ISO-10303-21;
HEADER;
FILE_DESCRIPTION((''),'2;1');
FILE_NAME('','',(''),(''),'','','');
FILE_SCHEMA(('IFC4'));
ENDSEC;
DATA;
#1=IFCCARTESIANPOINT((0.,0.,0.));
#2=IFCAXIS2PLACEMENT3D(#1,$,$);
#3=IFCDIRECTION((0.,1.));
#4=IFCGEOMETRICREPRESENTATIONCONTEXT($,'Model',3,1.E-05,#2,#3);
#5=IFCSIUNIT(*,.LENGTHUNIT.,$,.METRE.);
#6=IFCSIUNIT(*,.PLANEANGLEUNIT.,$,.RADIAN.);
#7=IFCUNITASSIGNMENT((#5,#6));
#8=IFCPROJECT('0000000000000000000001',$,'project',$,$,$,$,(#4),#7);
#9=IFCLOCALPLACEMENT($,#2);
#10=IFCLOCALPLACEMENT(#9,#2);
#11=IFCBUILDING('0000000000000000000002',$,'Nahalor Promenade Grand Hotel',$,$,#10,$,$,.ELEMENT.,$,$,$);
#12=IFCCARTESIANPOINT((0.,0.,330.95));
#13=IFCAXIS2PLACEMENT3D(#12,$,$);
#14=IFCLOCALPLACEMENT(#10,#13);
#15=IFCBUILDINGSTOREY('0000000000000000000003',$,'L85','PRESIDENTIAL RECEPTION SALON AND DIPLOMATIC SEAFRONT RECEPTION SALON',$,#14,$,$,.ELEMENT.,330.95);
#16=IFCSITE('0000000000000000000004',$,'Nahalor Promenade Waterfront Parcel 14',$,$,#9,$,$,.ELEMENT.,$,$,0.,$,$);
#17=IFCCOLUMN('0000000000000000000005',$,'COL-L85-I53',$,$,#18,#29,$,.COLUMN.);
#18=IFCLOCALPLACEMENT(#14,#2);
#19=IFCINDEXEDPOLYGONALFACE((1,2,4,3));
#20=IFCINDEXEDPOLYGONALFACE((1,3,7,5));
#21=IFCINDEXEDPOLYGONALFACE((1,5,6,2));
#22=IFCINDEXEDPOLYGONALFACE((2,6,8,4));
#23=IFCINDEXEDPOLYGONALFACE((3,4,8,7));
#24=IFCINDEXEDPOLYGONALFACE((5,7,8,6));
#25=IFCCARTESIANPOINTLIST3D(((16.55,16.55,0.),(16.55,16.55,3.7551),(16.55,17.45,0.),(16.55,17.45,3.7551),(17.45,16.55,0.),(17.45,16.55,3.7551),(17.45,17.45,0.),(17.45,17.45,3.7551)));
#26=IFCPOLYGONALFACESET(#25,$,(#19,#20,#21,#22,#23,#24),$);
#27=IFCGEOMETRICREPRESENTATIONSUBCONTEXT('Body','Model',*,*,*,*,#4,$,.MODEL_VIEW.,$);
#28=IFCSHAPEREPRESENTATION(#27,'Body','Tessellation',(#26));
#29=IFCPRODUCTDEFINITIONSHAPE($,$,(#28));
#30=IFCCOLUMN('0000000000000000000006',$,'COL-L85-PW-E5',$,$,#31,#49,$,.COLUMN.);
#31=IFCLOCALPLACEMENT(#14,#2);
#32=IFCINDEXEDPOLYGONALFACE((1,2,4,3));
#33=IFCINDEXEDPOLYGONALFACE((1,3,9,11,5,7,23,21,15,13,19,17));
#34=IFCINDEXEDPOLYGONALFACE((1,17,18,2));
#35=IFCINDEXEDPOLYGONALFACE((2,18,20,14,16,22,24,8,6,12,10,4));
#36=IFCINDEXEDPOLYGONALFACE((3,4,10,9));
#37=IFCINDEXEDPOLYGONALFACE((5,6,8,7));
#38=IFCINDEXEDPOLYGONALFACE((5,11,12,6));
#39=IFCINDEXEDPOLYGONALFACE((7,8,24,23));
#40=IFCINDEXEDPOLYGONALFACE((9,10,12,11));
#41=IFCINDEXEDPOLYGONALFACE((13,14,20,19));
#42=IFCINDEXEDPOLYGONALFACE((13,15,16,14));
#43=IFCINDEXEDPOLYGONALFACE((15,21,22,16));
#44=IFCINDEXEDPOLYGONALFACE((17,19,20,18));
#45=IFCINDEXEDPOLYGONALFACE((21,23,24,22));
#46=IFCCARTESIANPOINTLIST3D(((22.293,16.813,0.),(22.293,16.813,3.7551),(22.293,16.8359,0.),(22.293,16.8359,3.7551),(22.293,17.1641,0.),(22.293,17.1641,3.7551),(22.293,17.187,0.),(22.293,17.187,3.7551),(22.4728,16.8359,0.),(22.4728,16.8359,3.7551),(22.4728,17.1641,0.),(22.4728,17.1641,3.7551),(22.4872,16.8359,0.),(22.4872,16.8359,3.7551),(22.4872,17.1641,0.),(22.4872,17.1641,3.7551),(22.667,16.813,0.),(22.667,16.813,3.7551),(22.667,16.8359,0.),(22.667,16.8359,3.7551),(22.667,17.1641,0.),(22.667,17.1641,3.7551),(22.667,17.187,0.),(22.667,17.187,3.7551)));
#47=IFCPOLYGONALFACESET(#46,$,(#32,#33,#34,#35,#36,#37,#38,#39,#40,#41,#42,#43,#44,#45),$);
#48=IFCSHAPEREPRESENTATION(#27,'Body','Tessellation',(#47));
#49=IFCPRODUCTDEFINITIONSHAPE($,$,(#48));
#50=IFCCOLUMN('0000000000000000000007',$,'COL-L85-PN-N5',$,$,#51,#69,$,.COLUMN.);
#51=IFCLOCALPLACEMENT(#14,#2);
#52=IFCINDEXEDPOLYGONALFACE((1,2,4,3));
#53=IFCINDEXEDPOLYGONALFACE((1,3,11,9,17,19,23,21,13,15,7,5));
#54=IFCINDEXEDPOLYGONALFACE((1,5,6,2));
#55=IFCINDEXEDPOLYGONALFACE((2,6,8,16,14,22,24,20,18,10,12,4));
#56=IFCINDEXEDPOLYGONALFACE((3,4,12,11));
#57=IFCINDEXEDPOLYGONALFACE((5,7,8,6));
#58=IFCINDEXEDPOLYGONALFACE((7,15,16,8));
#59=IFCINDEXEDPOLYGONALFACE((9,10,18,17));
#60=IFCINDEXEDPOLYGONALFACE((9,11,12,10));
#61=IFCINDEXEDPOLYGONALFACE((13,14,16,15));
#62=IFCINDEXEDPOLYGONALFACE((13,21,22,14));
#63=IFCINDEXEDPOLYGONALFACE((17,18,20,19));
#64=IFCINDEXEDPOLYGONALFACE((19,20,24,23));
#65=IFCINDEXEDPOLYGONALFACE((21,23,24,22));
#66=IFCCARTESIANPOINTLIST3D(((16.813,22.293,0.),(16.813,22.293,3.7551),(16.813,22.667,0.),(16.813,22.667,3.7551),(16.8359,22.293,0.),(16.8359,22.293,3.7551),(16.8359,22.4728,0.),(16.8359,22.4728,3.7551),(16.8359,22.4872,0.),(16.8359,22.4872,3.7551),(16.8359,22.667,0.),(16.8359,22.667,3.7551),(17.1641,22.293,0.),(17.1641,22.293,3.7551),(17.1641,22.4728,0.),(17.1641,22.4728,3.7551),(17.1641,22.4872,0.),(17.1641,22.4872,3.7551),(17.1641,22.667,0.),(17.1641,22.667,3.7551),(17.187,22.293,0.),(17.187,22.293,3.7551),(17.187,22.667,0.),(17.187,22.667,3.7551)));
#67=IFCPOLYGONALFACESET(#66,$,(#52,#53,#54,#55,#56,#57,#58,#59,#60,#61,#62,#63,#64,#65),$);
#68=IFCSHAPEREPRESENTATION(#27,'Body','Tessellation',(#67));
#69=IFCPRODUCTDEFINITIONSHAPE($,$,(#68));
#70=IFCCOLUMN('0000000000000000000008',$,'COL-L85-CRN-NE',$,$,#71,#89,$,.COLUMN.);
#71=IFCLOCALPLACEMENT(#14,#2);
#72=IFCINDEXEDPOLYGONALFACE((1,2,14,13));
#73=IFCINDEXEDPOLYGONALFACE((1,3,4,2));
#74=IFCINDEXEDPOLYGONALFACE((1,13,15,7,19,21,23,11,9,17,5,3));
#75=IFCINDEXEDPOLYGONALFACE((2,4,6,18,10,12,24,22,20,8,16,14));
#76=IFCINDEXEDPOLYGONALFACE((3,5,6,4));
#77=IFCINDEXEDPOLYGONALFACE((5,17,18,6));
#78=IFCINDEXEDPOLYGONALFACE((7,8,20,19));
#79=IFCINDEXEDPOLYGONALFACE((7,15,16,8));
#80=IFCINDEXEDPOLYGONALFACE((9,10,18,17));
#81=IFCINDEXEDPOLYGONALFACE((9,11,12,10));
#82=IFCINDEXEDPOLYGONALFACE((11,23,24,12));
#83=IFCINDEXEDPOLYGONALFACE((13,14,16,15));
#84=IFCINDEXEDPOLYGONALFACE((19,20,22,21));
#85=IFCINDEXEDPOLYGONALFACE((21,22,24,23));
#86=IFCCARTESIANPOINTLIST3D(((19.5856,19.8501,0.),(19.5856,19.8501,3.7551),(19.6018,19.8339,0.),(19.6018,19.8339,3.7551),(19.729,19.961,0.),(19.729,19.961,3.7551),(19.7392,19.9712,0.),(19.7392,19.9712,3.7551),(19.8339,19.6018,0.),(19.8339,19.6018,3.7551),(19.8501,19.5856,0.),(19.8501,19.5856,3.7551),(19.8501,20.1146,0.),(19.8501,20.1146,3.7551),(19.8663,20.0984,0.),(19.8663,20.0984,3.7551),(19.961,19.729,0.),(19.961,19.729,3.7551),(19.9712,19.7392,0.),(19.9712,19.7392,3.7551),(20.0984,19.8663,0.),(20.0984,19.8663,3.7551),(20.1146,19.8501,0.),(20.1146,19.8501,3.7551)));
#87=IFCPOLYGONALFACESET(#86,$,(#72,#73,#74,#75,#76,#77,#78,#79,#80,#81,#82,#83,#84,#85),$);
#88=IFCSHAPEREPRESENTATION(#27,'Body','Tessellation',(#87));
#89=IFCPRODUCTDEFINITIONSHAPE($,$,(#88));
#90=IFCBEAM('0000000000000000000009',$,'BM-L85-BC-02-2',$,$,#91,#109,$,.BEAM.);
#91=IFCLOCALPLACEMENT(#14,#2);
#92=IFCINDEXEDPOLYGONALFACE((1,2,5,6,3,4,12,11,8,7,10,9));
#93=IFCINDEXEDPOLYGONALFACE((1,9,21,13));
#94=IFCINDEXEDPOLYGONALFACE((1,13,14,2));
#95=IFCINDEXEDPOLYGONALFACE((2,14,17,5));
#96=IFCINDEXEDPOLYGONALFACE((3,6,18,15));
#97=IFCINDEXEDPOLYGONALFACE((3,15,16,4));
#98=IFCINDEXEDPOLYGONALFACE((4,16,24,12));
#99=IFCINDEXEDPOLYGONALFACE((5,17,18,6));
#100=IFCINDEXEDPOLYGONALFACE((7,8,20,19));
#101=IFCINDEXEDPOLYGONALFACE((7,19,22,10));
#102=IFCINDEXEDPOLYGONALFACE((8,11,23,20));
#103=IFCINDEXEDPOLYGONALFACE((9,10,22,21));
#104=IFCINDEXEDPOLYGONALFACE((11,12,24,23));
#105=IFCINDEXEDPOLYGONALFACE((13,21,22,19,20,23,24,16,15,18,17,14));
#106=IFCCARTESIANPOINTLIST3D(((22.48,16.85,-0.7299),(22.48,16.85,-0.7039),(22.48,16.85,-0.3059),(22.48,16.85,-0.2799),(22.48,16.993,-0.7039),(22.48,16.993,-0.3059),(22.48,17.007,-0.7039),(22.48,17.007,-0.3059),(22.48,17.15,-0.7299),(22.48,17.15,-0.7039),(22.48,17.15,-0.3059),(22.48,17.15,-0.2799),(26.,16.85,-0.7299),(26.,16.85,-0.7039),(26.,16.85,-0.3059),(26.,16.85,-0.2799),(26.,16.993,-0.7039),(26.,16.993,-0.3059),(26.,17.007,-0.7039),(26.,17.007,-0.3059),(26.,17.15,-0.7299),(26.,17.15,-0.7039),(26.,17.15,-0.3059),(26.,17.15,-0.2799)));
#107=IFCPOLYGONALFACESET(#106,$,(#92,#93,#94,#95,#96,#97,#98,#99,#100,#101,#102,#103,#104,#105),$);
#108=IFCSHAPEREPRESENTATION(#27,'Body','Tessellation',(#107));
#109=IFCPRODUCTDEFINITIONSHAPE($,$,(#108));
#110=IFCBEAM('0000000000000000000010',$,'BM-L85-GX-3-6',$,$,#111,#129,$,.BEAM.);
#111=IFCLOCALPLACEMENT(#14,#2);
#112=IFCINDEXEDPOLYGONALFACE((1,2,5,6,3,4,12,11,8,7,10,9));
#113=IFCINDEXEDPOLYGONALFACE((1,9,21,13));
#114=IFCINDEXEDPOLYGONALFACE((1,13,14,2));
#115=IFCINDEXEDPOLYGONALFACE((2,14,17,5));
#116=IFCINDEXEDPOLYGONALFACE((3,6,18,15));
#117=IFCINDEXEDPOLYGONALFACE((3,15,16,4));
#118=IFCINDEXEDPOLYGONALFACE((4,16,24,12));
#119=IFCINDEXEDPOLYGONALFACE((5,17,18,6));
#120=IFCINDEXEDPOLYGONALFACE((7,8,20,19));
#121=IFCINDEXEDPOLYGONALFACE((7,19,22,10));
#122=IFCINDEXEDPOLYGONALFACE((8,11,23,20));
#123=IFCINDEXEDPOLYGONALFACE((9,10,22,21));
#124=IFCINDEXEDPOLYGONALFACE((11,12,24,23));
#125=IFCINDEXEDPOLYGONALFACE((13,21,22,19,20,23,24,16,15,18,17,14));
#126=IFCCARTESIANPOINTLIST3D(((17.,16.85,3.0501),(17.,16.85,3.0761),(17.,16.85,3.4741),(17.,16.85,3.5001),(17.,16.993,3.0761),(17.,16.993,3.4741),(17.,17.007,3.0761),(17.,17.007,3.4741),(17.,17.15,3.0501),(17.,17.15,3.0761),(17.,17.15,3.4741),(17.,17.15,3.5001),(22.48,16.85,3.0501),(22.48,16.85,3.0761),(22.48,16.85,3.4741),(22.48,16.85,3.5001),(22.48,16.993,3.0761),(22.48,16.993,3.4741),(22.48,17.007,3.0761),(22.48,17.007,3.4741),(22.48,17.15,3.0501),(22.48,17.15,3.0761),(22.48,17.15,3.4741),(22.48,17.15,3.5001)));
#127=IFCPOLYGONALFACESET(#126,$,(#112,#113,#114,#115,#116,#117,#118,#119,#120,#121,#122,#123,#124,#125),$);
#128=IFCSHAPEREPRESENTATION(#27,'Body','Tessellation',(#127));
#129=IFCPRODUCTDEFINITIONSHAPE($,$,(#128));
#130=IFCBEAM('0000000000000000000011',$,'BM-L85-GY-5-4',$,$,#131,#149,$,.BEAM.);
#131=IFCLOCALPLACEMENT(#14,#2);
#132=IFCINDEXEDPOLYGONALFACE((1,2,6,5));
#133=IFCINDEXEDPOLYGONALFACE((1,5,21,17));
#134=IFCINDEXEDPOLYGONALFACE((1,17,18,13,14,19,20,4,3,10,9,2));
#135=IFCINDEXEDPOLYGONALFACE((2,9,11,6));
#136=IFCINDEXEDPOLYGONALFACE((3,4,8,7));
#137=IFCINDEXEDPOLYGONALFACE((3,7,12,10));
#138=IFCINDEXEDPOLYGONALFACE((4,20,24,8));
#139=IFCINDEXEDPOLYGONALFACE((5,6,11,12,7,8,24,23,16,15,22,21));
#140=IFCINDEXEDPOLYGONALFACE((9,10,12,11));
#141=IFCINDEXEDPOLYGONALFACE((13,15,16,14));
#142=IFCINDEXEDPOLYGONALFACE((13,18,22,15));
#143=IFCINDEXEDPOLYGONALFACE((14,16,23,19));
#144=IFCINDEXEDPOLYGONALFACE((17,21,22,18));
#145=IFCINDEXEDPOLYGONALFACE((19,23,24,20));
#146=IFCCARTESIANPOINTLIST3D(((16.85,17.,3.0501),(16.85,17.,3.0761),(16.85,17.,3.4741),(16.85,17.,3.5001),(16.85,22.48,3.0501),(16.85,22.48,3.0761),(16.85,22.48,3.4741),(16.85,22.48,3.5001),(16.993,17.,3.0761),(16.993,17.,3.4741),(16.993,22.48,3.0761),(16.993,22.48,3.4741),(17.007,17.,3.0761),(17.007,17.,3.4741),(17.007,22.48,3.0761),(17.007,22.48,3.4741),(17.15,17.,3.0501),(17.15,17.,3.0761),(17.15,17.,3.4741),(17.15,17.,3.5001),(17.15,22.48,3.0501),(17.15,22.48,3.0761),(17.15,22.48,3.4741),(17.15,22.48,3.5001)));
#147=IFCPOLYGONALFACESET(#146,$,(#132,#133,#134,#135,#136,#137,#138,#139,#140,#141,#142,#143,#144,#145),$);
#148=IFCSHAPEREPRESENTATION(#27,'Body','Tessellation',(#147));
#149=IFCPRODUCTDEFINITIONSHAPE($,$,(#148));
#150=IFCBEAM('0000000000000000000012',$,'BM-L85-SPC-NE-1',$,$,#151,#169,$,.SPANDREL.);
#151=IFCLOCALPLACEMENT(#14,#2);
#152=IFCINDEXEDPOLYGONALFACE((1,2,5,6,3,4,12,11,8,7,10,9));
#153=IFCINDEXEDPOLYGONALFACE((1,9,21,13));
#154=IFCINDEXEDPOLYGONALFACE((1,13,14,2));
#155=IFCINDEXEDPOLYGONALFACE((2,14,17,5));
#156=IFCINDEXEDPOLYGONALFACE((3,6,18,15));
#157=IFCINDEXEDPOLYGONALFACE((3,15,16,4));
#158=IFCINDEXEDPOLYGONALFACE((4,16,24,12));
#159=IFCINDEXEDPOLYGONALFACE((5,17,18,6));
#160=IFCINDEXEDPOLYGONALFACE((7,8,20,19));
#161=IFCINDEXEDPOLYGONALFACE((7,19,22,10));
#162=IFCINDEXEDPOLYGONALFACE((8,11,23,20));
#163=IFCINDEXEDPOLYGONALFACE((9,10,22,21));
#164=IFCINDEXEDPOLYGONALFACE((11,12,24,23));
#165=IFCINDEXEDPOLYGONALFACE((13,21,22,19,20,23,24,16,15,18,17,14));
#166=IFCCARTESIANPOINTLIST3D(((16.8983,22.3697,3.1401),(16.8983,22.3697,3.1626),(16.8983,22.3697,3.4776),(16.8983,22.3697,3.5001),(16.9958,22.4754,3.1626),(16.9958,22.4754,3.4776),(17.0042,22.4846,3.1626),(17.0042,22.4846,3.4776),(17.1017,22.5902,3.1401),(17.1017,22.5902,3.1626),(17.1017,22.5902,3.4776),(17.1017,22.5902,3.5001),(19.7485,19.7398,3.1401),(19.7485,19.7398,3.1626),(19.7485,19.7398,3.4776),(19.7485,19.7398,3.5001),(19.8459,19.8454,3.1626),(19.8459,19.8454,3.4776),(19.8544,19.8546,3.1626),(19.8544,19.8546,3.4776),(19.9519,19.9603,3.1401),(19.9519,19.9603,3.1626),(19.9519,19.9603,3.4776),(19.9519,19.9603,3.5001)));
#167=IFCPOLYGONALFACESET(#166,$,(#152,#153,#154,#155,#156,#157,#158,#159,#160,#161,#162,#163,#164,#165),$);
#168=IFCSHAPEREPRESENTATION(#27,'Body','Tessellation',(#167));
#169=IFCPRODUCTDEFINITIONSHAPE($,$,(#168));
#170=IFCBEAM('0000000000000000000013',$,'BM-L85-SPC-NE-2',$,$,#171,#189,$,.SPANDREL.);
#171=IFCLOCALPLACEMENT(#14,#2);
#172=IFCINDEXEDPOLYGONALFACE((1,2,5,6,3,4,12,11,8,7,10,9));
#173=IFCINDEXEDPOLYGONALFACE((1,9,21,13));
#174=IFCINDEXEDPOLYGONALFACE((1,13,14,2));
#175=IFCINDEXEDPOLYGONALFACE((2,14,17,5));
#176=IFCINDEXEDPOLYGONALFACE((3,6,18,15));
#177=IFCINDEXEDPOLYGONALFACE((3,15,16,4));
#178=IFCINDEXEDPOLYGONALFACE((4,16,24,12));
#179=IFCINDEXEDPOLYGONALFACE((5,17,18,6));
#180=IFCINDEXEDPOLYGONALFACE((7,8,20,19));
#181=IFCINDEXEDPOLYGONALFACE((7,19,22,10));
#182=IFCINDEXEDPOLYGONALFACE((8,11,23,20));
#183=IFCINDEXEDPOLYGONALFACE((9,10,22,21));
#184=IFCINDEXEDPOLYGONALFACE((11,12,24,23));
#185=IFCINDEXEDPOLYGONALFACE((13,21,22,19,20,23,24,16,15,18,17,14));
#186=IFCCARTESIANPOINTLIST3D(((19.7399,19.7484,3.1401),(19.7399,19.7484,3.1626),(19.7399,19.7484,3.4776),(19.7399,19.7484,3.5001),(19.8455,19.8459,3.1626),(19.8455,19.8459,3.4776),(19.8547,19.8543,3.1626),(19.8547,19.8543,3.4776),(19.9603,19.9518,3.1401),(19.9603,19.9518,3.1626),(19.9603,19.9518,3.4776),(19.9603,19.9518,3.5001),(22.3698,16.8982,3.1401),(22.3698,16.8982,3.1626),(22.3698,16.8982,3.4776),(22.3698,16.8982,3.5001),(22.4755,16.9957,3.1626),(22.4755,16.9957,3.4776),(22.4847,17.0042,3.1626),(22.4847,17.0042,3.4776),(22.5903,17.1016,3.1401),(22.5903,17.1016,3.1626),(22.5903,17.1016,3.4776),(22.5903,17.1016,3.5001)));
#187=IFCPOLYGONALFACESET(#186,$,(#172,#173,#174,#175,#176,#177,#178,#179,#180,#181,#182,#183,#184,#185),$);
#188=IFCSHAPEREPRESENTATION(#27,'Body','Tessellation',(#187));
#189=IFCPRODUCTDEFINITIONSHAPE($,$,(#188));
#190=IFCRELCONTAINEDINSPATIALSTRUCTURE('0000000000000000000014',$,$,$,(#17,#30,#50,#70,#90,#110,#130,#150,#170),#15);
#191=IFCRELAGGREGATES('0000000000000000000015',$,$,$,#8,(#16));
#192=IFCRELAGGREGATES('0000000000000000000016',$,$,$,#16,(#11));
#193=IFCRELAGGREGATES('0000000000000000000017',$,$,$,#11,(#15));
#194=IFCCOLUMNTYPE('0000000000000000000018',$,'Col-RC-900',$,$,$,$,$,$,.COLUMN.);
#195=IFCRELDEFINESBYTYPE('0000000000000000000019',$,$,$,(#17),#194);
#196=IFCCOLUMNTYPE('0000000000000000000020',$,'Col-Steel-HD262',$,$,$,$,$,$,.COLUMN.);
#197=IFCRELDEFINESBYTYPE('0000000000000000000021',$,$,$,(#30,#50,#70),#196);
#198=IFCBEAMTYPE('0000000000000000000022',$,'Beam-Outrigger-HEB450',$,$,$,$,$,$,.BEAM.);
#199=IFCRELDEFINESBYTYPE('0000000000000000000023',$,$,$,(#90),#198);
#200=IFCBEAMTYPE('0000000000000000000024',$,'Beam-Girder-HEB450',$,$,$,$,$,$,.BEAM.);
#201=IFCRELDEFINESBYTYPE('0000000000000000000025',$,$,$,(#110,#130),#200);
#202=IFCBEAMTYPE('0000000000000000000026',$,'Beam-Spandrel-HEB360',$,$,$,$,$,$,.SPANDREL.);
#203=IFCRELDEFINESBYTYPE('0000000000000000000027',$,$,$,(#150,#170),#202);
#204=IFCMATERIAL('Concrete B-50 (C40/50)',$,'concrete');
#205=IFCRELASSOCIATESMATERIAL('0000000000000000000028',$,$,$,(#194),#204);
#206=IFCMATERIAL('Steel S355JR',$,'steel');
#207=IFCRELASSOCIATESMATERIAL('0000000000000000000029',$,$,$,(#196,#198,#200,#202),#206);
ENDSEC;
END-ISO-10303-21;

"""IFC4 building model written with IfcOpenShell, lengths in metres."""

from ifc_helpers import new_model, si_unit, direction, frame, origin, origin_2d, place, context, subcontext, project, spatial, rectangle, i_section, extrude, source, transform, mapped, material, material_profile, profile_set, type_object, element, save


model = new_model("IFC4")

# Units and contexts
model_context = context("Model", 3, precision=1e-05, world=origin(), true_north=direction((0.0, 1.0)))
body_context = subcontext(model_context, "Body", "Model", "MODEL_VIEW")
ifc_project = project(units=[si_unit("LENGTHUNIT", "METRE"), si_unit("PLANEANGLEUNIT", "RADIAN")], contexts=[model_context])

# Site, building, storey
site_placement = place(None, origin())
site = spatial("IfcSite", under=ifc_project, at=site_placement, Name="Nahalor Promenade Waterfront Parcel 14", CompositionType="ELEMENT", RefElevation=0.0)
building_placement = place(site_placement, origin())
building = spatial("IfcBuilding", under=site, at=building_placement, Name="Nahalor Promenade Grand Hotel", CompositionType="ELEMENT")
storey_placement = place(building_placement, frame((0.0, 0.0, 330.95)))
storey = spatial("IfcBuildingStorey", under=building, at=storey_placement, Name="L85", Description="PRESIDENTIAL RECEPTION SALON AND DIPLOMATIC SEAFRONT RECEPTION SALON", CompositionType="ELEMENT", Elevation=330.95)

# Columns
ifc_material_1 = material(Name="Concrete B-50 (C40/50)", Category="concrete")
ifc_material_profile_1 = material_profile(ifc_material_1, rectangle(XDim=0.9, YDim=0.9, at=origin_2d()), Name="RC 900x900")
ifc_profile_set_1 = profile_set([ifc_material_profile_1], Name="Concrete B-50 (C40/50)")
column_type_1 = type_object("IfcColumnType", Name="Col-RC-900", PredefinedType="COLUMN", material=ifc_profile_set_1)
shared_shape_1 = source(origin(), body_context, "Body", "SweptSolid", [
    extrude(rectangle(XDim=0.9, YDim=0.9, at=origin_2d()), origin(), (0.0, 0.0, 1.0), 3.7551),
])
column_placement = place(storey_placement, frame((17.0, 17.0, 0.0), z_axis=(0.0, 0.0, 1.0), x_axis=(1.0, 0.0, 0.0)))
element("IfcColumn", 1, at=column_placement, inside=storey, type_object=column_type_1, Name="COL-L85-I53", PredefinedType="COLUMN", context=body_context, shape_type="MappedRepresentation", body=[
    mapped(shared_shape_1, transform((0.0, 0.0, 0.0), scale=1.0)),
])
ifc_material_2 = material(Name="Steel S355JR", Category="steel")
ifc_material_profile_2 = material_profile(ifc_material_2, i_section(OverallWidth=0.374, OverallDepth=0.374, WebThickness=0.0144, FlangeThickness=0.0229, at=origin_2d()), Name="HD 360x262")
ifc_profile_set_2 = profile_set([ifc_material_profile_2], Name="Steel S355JR")
column_type_2 = type_object("IfcColumnType", Name="Col-Steel-HD262", PredefinedType="COLUMN", material=ifc_profile_set_2)
shared_shape_2 = source(origin(), body_context, "Body", "SweptSolid", [
    extrude(i_section(OverallWidth=0.374, OverallDepth=0.374, WebThickness=0.0144, FlangeThickness=0.0229, at=origin_2d()), origin(), (0.0, 0.0, 1.0), 3.7551),
])
for number, where, z_axis, x_axis, name in (
    (2, (22.48, 17.0, 0.0), (0.0, 0.0, 1.0), (1.0, 0.0, 0.0), "COL-L85-PW-E5"),
    (3, (17.0, 22.48, 0.0), (0.0, 0.0, 1.0), (0.0, 1.0, 0.0), "COL-L85-PN-N5"),
    (4, (19.8501, 19.8501, 0.0), (0.0, 0.0, 1.0), (0.707107, 0.707107, 0.0), "COL-L85-CRN-NE"),
):
    element("IfcColumn", number, at=place(storey_placement, frame(where, z_axis=z_axis, x_axis=x_axis)), inside=storey, type_object=column_type_2, Name=name, PredefinedType="COLUMN", context=body_context, shape_type="MappedRepresentation", body=[
        mapped(shared_shape_2, transform((0.0, 0.0, 0.0), scale=1.0)),
    ])

# Beams
ifc_material_profile_3 = material_profile(ifc_material_2, i_section(OverallWidth=0.3, OverallDepth=0.45, WebThickness=0.014, FlangeThickness=0.026, at=origin_2d()), Name="HEB 450")
ifc_profile_set_3 = profile_set([ifc_material_profile_3], Name="Steel S355JR")
beam_type_1 = type_object("IfcBeamType", Name="Beam-Outrigger-HEB450", PredefinedType="BEAM", material=ifc_profile_set_3)
shared_shape_3 = source(origin(), body_context, "Body", "SweptSolid", [
    extrude(i_section(OverallWidth=0.3, OverallDepth=0.45, WebThickness=0.014, FlangeThickness=0.026, at=origin_2d()), origin(), (0.0, 0.0, 1.0), 3.52),
])
beam_placement = place(storey_placement, frame((22.48, 17.0, -0.5049), z_axis=(1.0, 0.0, 0.0), x_axis=(0.0, 1.0, 0.0)))
element("IfcBeam", 5, at=beam_placement, inside=storey, type_object=beam_type_1, Name="BM-L85-BC-02-2", PredefinedType="BEAM", context=body_context, shape_type="MappedRepresentation", body=[
    mapped(shared_shape_3, transform((0.0, 0.0, 0.0), scale=1.0)),
])
ifc_material_profile_4 = material_profile(ifc_material_2, i_section(OverallWidth=0.3, OverallDepth=0.45, WebThickness=0.014, FlangeThickness=0.026, at=origin_2d()), Name="HEB 450")
ifc_profile_set_4 = profile_set([ifc_material_profile_4], Name="Steel S355JR")
beam_type_2 = type_object("IfcBeamType", Name="Beam-Girder-HEB450", PredefinedType="BEAM", material=ifc_profile_set_4)
shared_shape_4 = source(origin(), body_context, "Body", "SweptSolid", [
    extrude(i_section(OverallWidth=0.3, OverallDepth=0.45, WebThickness=0.014, FlangeThickness=0.026, at=origin_2d()), origin(), (0.0, 0.0, 1.0), 5.48),
])
for number, where, z_axis, x_axis, name in (
    (6, (17.0, 17.0, 3.2751), (1.0, 0.0, 0.0), (0.0, 1.0, 0.0), "BM-L85-GX-3-6"),
    (7, (17.0, 17.0, 3.2751), (0.0, 1.0, 0.0), (-1.0, 0.0, 0.0), "BM-L85-GY-5-4"),
):
    element("IfcBeam", number, at=place(storey_placement, frame(where, z_axis=z_axis, x_axis=x_axis)), inside=storey, type_object=beam_type_2, Name=name, PredefinedType="BEAM", context=body_context, shape_type="MappedRepresentation", body=[
        mapped(shared_shape_4, transform((0.0, 0.0, 0.0), scale=1.0)),
    ])
ifc_material_profile_5 = material_profile(ifc_material_2, i_section(OverallWidth=0.3, OverallDepth=0.36, WebThickness=0.0125, FlangeThickness=0.0225, at=origin_2d()), Name="HEB 360")
ifc_profile_set_5 = profile_set([ifc_material_profile_5], Name="Steel S355JR")
beam_type_3 = type_object("IfcBeamType", Name="Beam-Spandrel-HEB360", PredefinedType="SPANDREL", material=ifc_profile_set_5)
shared_shape_5 = source(origin(), body_context, "Body", "SweptSolid", [
    extrude(i_section(OverallWidth=0.3, OverallDepth=0.36, WebThickness=0.0125, FlangeThickness=0.0225, at=origin_2d()), origin(), (0.0, 0.0, 1.0), 3.8782),
])
for number, where, z_axis, x_axis, name in (
    (8, (17.0, 22.48, 3.3201), (0.734929, -0.678144, 0.0), (0.678144, 0.734929, 0.0), "BM-L85-SPC-NE-1"),
    (9, (19.8501, 19.8501, 3.3201), (0.678144, -0.734929, 0.0), (0.734929, 0.678144, 0.0), "BM-L85-SPC-NE-2"),
):
    element("IfcBeam", number, at=place(storey_placement, frame(where, z_axis=z_axis, x_axis=x_axis)), inside=storey, type_object=beam_type_3, Name=name, PredefinedType="SPANDREL", context=body_context, shape_type="MappedRepresentation", body=[
        mapped(shared_shape_5, transform((0.0, 0.0, 0.0), scale=1.0)),
    ])

save(model, "model.ifc")
